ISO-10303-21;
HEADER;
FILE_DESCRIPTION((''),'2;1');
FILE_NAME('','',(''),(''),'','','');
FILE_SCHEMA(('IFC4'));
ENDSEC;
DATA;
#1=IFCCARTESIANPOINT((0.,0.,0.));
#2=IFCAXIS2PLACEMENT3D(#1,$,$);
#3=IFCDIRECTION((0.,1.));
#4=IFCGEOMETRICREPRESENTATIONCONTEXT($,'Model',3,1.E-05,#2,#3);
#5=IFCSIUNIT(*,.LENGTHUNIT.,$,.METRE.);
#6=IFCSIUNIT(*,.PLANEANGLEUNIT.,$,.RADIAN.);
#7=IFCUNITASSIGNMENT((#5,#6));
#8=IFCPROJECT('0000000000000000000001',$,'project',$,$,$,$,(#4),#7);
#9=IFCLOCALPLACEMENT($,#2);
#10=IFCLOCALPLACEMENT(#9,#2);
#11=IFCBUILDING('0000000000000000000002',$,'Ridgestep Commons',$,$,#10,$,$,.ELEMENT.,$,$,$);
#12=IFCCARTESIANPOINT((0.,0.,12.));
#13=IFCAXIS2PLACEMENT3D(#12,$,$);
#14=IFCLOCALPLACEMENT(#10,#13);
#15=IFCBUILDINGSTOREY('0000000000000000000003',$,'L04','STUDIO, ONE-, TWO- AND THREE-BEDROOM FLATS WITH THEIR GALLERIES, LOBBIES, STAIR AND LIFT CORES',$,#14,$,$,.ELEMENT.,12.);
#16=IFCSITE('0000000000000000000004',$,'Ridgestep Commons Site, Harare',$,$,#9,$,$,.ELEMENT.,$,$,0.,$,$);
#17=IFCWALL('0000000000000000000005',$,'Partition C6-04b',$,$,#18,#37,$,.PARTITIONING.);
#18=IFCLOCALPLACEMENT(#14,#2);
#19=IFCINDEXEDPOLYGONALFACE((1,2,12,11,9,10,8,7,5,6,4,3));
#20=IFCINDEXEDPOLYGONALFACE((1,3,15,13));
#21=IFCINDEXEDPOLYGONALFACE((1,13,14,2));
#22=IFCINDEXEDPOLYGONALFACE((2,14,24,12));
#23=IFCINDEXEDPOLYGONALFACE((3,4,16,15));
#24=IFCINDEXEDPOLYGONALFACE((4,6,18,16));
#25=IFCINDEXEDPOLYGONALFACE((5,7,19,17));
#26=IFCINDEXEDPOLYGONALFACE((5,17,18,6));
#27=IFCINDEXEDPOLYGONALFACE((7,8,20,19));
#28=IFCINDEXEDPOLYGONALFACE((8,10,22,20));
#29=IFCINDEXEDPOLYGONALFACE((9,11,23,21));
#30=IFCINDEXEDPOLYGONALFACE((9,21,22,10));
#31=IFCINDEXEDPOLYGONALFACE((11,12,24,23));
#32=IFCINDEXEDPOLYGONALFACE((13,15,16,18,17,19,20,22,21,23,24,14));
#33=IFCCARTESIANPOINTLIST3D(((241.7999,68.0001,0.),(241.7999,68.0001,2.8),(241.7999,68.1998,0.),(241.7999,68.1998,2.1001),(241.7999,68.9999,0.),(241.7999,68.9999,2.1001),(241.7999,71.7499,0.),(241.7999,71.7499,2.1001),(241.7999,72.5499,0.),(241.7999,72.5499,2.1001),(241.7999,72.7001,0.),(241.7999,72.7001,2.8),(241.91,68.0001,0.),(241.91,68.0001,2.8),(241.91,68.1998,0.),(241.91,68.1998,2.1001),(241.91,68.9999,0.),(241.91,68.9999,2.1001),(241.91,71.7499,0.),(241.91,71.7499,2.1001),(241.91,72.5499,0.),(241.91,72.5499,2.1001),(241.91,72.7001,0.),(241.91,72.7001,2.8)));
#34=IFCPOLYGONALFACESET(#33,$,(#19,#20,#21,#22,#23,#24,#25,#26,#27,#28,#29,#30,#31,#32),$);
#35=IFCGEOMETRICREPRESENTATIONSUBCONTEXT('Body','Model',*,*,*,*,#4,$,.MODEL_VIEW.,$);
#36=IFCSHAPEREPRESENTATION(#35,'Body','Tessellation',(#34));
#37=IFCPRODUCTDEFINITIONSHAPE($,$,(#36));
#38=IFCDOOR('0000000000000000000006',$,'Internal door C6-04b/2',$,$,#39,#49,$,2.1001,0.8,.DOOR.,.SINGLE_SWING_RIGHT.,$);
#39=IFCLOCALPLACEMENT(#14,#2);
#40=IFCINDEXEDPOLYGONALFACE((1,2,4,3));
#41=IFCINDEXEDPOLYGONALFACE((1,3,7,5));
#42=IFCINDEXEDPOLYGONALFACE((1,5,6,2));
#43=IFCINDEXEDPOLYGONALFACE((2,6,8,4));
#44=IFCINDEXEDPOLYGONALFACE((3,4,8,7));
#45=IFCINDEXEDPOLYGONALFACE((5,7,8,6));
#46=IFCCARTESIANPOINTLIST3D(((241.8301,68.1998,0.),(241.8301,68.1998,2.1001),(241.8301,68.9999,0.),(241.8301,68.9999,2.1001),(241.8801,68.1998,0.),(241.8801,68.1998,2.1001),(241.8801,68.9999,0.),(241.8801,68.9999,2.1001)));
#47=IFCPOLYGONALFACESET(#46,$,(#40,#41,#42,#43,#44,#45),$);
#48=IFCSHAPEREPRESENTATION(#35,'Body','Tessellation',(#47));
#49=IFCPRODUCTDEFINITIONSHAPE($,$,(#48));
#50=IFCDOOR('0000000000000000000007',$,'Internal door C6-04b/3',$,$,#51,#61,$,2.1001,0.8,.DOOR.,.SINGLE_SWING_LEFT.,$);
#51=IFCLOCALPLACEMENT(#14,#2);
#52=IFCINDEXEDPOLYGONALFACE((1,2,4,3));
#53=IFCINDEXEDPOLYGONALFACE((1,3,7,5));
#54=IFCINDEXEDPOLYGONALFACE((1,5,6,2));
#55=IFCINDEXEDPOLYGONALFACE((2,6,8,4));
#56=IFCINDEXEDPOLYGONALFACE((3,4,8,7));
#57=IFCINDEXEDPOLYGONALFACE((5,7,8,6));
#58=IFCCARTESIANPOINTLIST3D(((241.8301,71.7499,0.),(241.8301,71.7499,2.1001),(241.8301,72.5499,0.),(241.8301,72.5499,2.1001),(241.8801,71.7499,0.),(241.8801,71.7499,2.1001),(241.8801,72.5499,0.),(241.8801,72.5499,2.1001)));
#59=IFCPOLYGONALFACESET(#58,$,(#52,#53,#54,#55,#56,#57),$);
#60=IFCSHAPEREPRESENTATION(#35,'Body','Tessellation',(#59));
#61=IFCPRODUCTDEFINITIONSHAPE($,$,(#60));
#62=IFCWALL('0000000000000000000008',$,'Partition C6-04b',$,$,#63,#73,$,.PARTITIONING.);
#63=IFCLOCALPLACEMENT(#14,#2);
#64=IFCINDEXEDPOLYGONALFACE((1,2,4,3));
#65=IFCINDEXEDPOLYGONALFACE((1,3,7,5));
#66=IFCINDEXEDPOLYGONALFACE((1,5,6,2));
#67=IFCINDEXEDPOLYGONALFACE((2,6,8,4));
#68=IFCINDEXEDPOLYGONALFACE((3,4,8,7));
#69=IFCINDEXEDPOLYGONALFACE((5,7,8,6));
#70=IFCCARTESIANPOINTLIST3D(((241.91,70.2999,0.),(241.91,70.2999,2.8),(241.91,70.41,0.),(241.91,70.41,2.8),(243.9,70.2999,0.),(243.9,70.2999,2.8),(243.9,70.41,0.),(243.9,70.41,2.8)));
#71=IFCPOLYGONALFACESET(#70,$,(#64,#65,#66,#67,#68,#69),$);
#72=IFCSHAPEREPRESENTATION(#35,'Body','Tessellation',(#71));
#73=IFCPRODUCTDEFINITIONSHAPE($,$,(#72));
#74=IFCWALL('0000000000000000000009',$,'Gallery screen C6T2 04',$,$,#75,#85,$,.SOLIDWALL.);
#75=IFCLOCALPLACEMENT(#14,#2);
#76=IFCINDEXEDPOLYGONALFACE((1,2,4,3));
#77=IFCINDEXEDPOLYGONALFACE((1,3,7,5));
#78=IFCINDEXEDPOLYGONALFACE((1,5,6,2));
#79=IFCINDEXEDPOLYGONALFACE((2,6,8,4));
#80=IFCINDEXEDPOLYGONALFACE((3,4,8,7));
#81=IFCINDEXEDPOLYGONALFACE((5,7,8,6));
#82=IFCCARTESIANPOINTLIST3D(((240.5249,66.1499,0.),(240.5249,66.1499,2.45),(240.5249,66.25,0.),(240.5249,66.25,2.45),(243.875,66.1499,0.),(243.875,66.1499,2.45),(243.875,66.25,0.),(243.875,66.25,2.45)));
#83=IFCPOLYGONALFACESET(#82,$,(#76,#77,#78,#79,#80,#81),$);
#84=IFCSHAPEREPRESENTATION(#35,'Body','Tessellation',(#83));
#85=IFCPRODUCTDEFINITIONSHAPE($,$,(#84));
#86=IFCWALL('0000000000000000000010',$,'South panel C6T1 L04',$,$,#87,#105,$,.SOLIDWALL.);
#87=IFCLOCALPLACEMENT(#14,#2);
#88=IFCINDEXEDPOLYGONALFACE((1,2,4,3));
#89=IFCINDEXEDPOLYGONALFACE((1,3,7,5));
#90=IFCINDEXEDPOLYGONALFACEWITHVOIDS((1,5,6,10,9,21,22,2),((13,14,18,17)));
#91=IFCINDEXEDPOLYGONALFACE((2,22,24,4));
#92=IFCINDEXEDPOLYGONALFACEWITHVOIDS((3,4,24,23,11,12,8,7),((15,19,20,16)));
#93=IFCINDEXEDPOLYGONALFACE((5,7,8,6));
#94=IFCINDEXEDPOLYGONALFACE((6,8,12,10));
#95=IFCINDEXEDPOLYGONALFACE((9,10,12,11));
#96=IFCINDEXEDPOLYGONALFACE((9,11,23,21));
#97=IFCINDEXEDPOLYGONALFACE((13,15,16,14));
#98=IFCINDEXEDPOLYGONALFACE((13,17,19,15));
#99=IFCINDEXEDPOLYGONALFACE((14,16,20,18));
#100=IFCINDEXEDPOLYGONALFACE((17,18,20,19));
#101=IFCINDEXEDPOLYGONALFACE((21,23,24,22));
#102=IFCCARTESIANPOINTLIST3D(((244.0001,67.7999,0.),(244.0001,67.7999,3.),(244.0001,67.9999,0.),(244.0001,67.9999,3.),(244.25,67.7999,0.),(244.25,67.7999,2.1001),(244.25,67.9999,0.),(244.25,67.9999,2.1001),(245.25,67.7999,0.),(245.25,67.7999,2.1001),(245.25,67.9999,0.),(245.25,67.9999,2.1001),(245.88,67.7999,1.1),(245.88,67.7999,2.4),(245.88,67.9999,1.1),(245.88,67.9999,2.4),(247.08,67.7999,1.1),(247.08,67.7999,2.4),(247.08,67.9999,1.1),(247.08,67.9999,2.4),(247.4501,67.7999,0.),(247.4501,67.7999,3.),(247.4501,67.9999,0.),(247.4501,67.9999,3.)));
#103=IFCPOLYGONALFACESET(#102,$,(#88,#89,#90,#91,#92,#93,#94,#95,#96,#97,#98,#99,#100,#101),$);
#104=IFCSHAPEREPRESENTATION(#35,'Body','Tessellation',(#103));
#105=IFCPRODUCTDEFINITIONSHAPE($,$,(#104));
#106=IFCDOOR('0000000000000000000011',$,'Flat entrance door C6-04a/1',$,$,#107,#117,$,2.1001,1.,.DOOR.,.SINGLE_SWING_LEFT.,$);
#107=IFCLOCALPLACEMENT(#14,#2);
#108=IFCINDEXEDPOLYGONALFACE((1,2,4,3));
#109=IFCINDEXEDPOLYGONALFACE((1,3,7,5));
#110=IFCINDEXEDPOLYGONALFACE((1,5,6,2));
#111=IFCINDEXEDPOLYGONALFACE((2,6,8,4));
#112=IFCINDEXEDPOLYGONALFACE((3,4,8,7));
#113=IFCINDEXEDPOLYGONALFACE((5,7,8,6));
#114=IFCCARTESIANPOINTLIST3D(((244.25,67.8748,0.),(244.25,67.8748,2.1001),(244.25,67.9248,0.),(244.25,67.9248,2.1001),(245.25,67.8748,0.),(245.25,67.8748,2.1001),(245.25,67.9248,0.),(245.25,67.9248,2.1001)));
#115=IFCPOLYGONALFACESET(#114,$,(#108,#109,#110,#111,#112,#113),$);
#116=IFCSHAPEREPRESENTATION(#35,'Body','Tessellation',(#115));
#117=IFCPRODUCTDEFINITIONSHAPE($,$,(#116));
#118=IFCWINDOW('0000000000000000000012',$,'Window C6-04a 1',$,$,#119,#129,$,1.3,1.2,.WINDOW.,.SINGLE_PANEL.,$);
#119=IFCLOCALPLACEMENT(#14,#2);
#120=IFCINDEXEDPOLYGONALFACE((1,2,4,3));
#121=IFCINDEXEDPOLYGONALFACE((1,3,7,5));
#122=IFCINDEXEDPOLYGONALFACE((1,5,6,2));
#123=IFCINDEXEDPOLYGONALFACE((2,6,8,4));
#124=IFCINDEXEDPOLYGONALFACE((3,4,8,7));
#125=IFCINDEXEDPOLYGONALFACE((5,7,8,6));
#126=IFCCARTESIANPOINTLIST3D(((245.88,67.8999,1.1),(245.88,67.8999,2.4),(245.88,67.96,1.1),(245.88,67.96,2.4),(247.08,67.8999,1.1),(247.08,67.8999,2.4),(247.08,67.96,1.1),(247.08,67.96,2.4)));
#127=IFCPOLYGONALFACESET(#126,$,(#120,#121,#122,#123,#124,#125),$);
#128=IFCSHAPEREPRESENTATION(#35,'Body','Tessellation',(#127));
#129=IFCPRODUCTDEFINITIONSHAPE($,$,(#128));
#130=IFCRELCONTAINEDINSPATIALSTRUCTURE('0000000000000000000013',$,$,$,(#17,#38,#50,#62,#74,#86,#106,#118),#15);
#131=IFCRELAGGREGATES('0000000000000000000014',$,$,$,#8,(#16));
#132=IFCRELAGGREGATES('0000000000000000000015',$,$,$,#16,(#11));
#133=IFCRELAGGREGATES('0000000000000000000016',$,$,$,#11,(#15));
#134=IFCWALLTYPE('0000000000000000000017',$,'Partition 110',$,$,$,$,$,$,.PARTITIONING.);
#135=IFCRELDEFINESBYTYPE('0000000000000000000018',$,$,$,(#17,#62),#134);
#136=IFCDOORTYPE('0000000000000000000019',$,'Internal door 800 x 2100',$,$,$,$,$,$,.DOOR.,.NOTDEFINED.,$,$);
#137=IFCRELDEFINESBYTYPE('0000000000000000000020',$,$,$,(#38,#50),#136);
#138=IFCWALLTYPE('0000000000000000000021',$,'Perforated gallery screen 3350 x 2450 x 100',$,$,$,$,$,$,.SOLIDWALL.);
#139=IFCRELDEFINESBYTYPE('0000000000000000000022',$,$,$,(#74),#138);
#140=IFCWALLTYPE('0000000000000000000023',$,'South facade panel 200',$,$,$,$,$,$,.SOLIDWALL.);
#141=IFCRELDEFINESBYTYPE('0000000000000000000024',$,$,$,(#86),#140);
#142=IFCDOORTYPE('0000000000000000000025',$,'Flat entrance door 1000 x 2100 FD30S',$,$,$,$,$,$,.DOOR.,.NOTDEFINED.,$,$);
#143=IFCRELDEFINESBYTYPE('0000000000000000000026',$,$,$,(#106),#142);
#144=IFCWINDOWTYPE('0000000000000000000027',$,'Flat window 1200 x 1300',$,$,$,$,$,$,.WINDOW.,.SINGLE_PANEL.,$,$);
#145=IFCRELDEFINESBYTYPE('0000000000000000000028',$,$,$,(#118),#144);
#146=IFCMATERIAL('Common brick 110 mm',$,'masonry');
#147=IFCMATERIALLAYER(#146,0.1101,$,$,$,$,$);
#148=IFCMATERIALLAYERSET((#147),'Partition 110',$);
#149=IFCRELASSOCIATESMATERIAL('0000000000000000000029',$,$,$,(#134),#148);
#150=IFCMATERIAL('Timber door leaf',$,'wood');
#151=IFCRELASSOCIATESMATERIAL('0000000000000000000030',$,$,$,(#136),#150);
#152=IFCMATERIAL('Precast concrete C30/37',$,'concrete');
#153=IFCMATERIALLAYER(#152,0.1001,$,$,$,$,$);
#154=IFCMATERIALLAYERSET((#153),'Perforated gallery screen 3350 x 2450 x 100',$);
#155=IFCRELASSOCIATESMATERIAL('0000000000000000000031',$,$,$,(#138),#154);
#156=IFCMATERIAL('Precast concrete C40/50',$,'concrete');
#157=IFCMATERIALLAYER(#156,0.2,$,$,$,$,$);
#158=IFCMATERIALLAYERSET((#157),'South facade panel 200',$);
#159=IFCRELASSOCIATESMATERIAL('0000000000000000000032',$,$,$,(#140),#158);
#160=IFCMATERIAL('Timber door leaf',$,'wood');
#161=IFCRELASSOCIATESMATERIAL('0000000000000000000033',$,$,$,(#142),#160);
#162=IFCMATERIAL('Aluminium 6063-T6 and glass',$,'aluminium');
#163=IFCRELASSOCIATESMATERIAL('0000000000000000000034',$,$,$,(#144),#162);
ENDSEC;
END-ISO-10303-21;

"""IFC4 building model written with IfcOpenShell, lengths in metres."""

from ifc_helpers import new_model, si_unit, direction, frame, frame_2d, origin, place, context, subcontext, project, spatial, rectangle, extrude, material, layer, layer_set, type_object, element, fill, save


model = new_model("IFC4")

# Units and contexts
model_context = context("Model", 3, precision=1e-05, world=origin(), true_north=direction((0.0, 1.0)))
body_context = subcontext(model_context, "Body", "Model", "MODEL_VIEW")
ifc_project = project(units=[si_unit("LENGTHUNIT", "METRE"), si_unit("PLANEANGLEUNIT", "RADIAN")], contexts=[model_context])

# Site, building, storey
site_placement = place(None, origin())
site = spatial("IfcSite", under=ifc_project, at=site_placement, Name="Ridgestep Commons Site, Harare", CompositionType="ELEMENT", RefElevation=0.0)
building_placement = place(site_placement, origin())
building = spatial("IfcBuilding", under=site, at=building_placement, Name="Ridgestep Commons", CompositionType="ELEMENT")
storey_placement = place(building_placement, frame((0.0, 0.0, 12.0)))
storey = spatial("IfcBuildingStorey", under=building, at=storey_placement, Name="L04", Description="STUDIO, ONE-, TWO- AND THREE-BEDROOM FLATS WITH THEIR GALLERIES, LOBBIES, STAIR AND LIFT CORES", CompositionType="ELEMENT", Elevation=12.0)

# Shared definitions
ifc_material_1 = material(Name="Common brick 110 mm", Category="masonry")
ifc_layer_1 = layer(ifc_material_1, 0.1101)
ifc_layer_set_1 = layer_set([ifc_layer_1], Name="Partition 110")
wall_type_1 = type_object("IfcWallType", Name="Partition 110", PredefinedType="PARTITIONING", material=ifc_layer_set_1)
ifc_material_2 = material(Name="Timber door leaf", Category="wood")
door_type_1 = type_object("IfcDoorType", Name="Internal door 800 x 2100", OperationType="NOTDEFINED", PredefinedType="DOOR", material=ifc_material_2)

# Wall, openings, doors
wall_1_placement = place(storey_placement, frame((241.855, 68.0, 0.0), z_axis=(0.0, 0.0, 1.0), x_axis=(0.0, 1.0, 0.0)))
wall_1 = element("IfcWall", 1, at=wall_1_placement, inside=storey, type_object=wall_type_1, Name="Partition C6-04b", PredefinedType="PARTITIONING", context=body_context, shape_type="SweptSolid", body=[
    extrude(rectangle(XDim=4.7, YDim=0.1101, at=frame_2d((2.3501, 0.0))), origin(), (0.0, 0.0, 1.0), 2.8),
])
opening_1_placement = place(wall_1_placement, frame((0.2, 0.0, 0.0)))
opening_1 = element("IfcOpeningElement", 2, at=opening_1_placement, cuts=wall_1, PredefinedType="OPENING", context=body_context, shape_type="SweptSolid", body=[
    extrude(rectangle(XDim=0.8, YDim=2.1001, at=frame_2d((0.3999, 1.05))), frame((0.0, 0.0649, 0.0), z_axis=(0.0, -1.0, 0.0), x_axis=(1.0, 0.0, 0.0)), (0.0, 0.0, 1.0), 0.1301),
])
opening_2_placement = place(wall_1_placement, frame((3.75, 0.0, 0.0)))
opening_2 = element("IfcOpeningElement", 3, at=opening_2_placement, cuts=wall_1, PredefinedType="OPENING", context=body_context, shape_type="SweptSolid", body=[
    extrude(rectangle(XDim=0.8, YDim=2.1001, at=frame_2d((0.3999, 1.05))), frame((0.0, 0.0649, 0.0), z_axis=(0.0, -1.0, 0.0), x_axis=(1.0, 0.0, 0.0)), (0.0, 0.0, 1.0), 0.1301),
])
door_1_placement = place(opening_1_placement, origin())
door_1 = element("IfcDoor", 4, at=door_1_placement, inside=storey, type_object=door_type_1, Name="Internal door C6-04b/2", OperationType="SINGLE_SWING_RIGHT", OverallHeight=2.1001, OverallWidth=0.8, PredefinedType="DOOR", context=body_context, shape_type="SweptSolid", body=[
    extrude(rectangle(XDim=0.8, YDim=2.1001, at=frame_2d((0.3999, 1.05))), frame((0.0, 0.0249, 0.0), z_axis=(0.0, -1.0, 0.0), x_axis=(1.0, 0.0, 0.0)), (0.0, 0.0, 1.0), 0.05),
])
fill(opening_1, door_1)
door_2_placement = place(opening_2_placement, origin())
door_2 = element("IfcDoor", 5, at=door_2_placement, inside=storey, type_object=door_type_1, Name="Internal door C6-04b/3", OperationType="SINGLE_SWING_LEFT", OverallHeight=2.1001, OverallWidth=0.8, PredefinedType="DOOR", context=body_context, shape_type="SweptSolid", body=[
    extrude(rectangle(XDim=0.8, YDim=2.1001, at=frame_2d((0.3999, 1.05))), frame((0.0, 0.0249, 0.0), z_axis=(0.0, -1.0, 0.0), x_axis=(1.0, 0.0, 0.0)), (0.0, 0.0, 1.0), 0.05),
])
fill(opening_2, door_2)

# Walls
wall_2_placement = place(storey_placement, frame((241.9099, 70.355, 0.0), z_axis=(0.0, 0.0, 1.0), x_axis=(1.0, 0.0, 0.0)))
element("IfcWall", 6, at=wall_2_placement, inside=storey, type_object=wall_type_1, Name="Partition C6-04b", PredefinedType="PARTITIONING", context=body_context, shape_type="SweptSolid", body=[
    extrude(rectangle(XDim=1.99, YDim=0.1101, at=frame_2d((0.9951, 0.0))), origin(), (0.0, 0.0, 1.0), 2.8),
])
ifc_material_3 = material(Name="Precast concrete C30/37", Category="concrete")
ifc_layer_2 = layer(ifc_material_3, 0.1001)
ifc_layer_set_2 = layer_set([ifc_layer_2], Name="Perforated gallery screen 3350 x 2450 x 100")
wall_type_2 = type_object("IfcWallType", Name="Perforated gallery screen 3350 x 2450 x 100", PredefinedType="SOLIDWALL", material=ifc_layer_set_2)
wall_3_placement = place(storey_placement, frame((240.5249, 66.2, 0.0), z_axis=(0.0, 0.0, 1.0), x_axis=(1.0, 0.0, 0.0)))
element("IfcWall", 7, at=wall_3_placement, inside=storey, type_object=wall_type_2, Name="Gallery screen C6T2 04", PredefinedType="SOLIDWALL", context=body_context, shape_type="SweptSolid", body=[
    extrude(rectangle(XDim=3.3501, YDim=0.1001, at=frame_2d((1.675, 0.0))), origin(), (0.0, 0.0, 1.0), 2.45),
])

# Wall, openings, door, window
ifc_material_4 = material(Name="Precast concrete C40/50", Category="concrete")
ifc_layer_3 = layer(ifc_material_4, 0.2)
ifc_layer_set_3 = layer_set([ifc_layer_3], Name="South facade panel 200")
wall_type_3 = type_object("IfcWallType", Name="South facade panel 200", PredefinedType="SOLIDWALL", material=ifc_layer_set_3)
wall_4_placement = place(storey_placement, frame((244.0, 67.8999, 0.0), z_axis=(0.0, 0.0, 1.0), x_axis=(1.0, 0.0, 0.0)))
wall_4 = element("IfcWall", 8, at=wall_4_placement, inside=storey, type_object=wall_type_3, Name="South panel C6T1 L04", PredefinedType="SOLIDWALL", context=body_context, shape_type="SweptSolid", body=[
    extrude(rectangle(XDim=3.45, YDim=0.2, at=frame_2d((1.7251, 0.0))), origin(), (0.0, 0.0, 1.0), 3.0),
])
opening_3_placement = place(wall_4_placement, frame((1.8799, 0.0, 1.1001)))
opening_3 = element("IfcOpeningElement", 9, at=opening_3_placement, cuts=wall_4, PredefinedType="OPENING", context=body_context, shape_type="SweptSolid", body=[
    extrude(rectangle(XDim=1.2, YDim=1.3, at=frame_2d((0.6001, 0.6499))), frame((0.0, 0.1099, 0.0), z_axis=(0.0, -1.0, 0.0), x_axis=(1.0, 0.0, 0.0)), (0.0, 0.0, 1.0), 0.22),
])
opening_4_placement = place(wall_4_placement, frame((0.25, 0.0, 0.0)))
opening_4 = element("IfcOpeningElement", 10, at=opening_4_placement, cuts=wall_4, PredefinedType="OPENING", context=body_context, shape_type="SweptSolid", body=[
    extrude(rectangle(XDim=1.0, YDim=2.1001, at=frame_2d((0.5, 1.05))), frame((0.0, 0.1099, 0.0), z_axis=(0.0, -1.0, 0.0), x_axis=(1.0, 0.0, 0.0)), (0.0, 0.0, 1.0), 0.22),
])
ifc_material_5 = material(Name="Timber door leaf", Category="wood")
door_type_2 = type_object("IfcDoorType", Name="Flat entrance door 1000 x 2100 FD30S", OperationType="NOTDEFINED", PredefinedType="DOOR", material=ifc_material_5)
door_3_placement = place(opening_4_placement, origin())
door_3 = element("IfcDoor", 11, at=door_3_placement, inside=storey, type_object=door_type_2, Name="Flat entrance door C6-04a/1", OperationType="SINGLE_SWING_LEFT", OverallHeight=2.1001, OverallWidth=1.0, PredefinedType="DOOR", context=body_context, shape_type="SweptSolid", body=[
    extrude(rectangle(XDim=1.0, YDim=2.1001, at=frame_2d((0.5, 1.05))), frame((0.0, 0.0249, 0.0), z_axis=(0.0, -1.0, 0.0), x_axis=(1.0, 0.0, 0.0)), (0.0, 0.0, 1.0), 0.05),
])
fill(opening_4, door_3)
ifc_material_6 = material(Name="Aluminium 6063-T6 and glass", Category="aluminium")
window_type_1 = type_object("IfcWindowType", Name="Flat window 1200 x 1300", PartitioningType="SINGLE_PANEL", PredefinedType="WINDOW", material=ifc_material_6)
window_1_placement = place(opening_3_placement, origin())
window_1 = element("IfcWindow", 12, at=window_1_placement, inside=storey, type_object=window_type_1, Name="Window C6-04a 1", OverallHeight=1.3, OverallWidth=1.2, PartitioningType="SINGLE_PANEL", PredefinedType="WINDOW", context=body_context, shape_type="SweptSolid", body=[
    extrude(rectangle(XDim=1.2, YDim=1.3, at=frame_2d((0.6001, 0.6499))), frame((0.0, 0.0601, 0.0), z_axis=(0.0, -1.0, 0.0), x_axis=(1.0, 0.0, 0.0)), (0.0, 0.0, 1.0), 0.0601),
])
fill(opening_3, window_1)

save(model, "model.ifc")
